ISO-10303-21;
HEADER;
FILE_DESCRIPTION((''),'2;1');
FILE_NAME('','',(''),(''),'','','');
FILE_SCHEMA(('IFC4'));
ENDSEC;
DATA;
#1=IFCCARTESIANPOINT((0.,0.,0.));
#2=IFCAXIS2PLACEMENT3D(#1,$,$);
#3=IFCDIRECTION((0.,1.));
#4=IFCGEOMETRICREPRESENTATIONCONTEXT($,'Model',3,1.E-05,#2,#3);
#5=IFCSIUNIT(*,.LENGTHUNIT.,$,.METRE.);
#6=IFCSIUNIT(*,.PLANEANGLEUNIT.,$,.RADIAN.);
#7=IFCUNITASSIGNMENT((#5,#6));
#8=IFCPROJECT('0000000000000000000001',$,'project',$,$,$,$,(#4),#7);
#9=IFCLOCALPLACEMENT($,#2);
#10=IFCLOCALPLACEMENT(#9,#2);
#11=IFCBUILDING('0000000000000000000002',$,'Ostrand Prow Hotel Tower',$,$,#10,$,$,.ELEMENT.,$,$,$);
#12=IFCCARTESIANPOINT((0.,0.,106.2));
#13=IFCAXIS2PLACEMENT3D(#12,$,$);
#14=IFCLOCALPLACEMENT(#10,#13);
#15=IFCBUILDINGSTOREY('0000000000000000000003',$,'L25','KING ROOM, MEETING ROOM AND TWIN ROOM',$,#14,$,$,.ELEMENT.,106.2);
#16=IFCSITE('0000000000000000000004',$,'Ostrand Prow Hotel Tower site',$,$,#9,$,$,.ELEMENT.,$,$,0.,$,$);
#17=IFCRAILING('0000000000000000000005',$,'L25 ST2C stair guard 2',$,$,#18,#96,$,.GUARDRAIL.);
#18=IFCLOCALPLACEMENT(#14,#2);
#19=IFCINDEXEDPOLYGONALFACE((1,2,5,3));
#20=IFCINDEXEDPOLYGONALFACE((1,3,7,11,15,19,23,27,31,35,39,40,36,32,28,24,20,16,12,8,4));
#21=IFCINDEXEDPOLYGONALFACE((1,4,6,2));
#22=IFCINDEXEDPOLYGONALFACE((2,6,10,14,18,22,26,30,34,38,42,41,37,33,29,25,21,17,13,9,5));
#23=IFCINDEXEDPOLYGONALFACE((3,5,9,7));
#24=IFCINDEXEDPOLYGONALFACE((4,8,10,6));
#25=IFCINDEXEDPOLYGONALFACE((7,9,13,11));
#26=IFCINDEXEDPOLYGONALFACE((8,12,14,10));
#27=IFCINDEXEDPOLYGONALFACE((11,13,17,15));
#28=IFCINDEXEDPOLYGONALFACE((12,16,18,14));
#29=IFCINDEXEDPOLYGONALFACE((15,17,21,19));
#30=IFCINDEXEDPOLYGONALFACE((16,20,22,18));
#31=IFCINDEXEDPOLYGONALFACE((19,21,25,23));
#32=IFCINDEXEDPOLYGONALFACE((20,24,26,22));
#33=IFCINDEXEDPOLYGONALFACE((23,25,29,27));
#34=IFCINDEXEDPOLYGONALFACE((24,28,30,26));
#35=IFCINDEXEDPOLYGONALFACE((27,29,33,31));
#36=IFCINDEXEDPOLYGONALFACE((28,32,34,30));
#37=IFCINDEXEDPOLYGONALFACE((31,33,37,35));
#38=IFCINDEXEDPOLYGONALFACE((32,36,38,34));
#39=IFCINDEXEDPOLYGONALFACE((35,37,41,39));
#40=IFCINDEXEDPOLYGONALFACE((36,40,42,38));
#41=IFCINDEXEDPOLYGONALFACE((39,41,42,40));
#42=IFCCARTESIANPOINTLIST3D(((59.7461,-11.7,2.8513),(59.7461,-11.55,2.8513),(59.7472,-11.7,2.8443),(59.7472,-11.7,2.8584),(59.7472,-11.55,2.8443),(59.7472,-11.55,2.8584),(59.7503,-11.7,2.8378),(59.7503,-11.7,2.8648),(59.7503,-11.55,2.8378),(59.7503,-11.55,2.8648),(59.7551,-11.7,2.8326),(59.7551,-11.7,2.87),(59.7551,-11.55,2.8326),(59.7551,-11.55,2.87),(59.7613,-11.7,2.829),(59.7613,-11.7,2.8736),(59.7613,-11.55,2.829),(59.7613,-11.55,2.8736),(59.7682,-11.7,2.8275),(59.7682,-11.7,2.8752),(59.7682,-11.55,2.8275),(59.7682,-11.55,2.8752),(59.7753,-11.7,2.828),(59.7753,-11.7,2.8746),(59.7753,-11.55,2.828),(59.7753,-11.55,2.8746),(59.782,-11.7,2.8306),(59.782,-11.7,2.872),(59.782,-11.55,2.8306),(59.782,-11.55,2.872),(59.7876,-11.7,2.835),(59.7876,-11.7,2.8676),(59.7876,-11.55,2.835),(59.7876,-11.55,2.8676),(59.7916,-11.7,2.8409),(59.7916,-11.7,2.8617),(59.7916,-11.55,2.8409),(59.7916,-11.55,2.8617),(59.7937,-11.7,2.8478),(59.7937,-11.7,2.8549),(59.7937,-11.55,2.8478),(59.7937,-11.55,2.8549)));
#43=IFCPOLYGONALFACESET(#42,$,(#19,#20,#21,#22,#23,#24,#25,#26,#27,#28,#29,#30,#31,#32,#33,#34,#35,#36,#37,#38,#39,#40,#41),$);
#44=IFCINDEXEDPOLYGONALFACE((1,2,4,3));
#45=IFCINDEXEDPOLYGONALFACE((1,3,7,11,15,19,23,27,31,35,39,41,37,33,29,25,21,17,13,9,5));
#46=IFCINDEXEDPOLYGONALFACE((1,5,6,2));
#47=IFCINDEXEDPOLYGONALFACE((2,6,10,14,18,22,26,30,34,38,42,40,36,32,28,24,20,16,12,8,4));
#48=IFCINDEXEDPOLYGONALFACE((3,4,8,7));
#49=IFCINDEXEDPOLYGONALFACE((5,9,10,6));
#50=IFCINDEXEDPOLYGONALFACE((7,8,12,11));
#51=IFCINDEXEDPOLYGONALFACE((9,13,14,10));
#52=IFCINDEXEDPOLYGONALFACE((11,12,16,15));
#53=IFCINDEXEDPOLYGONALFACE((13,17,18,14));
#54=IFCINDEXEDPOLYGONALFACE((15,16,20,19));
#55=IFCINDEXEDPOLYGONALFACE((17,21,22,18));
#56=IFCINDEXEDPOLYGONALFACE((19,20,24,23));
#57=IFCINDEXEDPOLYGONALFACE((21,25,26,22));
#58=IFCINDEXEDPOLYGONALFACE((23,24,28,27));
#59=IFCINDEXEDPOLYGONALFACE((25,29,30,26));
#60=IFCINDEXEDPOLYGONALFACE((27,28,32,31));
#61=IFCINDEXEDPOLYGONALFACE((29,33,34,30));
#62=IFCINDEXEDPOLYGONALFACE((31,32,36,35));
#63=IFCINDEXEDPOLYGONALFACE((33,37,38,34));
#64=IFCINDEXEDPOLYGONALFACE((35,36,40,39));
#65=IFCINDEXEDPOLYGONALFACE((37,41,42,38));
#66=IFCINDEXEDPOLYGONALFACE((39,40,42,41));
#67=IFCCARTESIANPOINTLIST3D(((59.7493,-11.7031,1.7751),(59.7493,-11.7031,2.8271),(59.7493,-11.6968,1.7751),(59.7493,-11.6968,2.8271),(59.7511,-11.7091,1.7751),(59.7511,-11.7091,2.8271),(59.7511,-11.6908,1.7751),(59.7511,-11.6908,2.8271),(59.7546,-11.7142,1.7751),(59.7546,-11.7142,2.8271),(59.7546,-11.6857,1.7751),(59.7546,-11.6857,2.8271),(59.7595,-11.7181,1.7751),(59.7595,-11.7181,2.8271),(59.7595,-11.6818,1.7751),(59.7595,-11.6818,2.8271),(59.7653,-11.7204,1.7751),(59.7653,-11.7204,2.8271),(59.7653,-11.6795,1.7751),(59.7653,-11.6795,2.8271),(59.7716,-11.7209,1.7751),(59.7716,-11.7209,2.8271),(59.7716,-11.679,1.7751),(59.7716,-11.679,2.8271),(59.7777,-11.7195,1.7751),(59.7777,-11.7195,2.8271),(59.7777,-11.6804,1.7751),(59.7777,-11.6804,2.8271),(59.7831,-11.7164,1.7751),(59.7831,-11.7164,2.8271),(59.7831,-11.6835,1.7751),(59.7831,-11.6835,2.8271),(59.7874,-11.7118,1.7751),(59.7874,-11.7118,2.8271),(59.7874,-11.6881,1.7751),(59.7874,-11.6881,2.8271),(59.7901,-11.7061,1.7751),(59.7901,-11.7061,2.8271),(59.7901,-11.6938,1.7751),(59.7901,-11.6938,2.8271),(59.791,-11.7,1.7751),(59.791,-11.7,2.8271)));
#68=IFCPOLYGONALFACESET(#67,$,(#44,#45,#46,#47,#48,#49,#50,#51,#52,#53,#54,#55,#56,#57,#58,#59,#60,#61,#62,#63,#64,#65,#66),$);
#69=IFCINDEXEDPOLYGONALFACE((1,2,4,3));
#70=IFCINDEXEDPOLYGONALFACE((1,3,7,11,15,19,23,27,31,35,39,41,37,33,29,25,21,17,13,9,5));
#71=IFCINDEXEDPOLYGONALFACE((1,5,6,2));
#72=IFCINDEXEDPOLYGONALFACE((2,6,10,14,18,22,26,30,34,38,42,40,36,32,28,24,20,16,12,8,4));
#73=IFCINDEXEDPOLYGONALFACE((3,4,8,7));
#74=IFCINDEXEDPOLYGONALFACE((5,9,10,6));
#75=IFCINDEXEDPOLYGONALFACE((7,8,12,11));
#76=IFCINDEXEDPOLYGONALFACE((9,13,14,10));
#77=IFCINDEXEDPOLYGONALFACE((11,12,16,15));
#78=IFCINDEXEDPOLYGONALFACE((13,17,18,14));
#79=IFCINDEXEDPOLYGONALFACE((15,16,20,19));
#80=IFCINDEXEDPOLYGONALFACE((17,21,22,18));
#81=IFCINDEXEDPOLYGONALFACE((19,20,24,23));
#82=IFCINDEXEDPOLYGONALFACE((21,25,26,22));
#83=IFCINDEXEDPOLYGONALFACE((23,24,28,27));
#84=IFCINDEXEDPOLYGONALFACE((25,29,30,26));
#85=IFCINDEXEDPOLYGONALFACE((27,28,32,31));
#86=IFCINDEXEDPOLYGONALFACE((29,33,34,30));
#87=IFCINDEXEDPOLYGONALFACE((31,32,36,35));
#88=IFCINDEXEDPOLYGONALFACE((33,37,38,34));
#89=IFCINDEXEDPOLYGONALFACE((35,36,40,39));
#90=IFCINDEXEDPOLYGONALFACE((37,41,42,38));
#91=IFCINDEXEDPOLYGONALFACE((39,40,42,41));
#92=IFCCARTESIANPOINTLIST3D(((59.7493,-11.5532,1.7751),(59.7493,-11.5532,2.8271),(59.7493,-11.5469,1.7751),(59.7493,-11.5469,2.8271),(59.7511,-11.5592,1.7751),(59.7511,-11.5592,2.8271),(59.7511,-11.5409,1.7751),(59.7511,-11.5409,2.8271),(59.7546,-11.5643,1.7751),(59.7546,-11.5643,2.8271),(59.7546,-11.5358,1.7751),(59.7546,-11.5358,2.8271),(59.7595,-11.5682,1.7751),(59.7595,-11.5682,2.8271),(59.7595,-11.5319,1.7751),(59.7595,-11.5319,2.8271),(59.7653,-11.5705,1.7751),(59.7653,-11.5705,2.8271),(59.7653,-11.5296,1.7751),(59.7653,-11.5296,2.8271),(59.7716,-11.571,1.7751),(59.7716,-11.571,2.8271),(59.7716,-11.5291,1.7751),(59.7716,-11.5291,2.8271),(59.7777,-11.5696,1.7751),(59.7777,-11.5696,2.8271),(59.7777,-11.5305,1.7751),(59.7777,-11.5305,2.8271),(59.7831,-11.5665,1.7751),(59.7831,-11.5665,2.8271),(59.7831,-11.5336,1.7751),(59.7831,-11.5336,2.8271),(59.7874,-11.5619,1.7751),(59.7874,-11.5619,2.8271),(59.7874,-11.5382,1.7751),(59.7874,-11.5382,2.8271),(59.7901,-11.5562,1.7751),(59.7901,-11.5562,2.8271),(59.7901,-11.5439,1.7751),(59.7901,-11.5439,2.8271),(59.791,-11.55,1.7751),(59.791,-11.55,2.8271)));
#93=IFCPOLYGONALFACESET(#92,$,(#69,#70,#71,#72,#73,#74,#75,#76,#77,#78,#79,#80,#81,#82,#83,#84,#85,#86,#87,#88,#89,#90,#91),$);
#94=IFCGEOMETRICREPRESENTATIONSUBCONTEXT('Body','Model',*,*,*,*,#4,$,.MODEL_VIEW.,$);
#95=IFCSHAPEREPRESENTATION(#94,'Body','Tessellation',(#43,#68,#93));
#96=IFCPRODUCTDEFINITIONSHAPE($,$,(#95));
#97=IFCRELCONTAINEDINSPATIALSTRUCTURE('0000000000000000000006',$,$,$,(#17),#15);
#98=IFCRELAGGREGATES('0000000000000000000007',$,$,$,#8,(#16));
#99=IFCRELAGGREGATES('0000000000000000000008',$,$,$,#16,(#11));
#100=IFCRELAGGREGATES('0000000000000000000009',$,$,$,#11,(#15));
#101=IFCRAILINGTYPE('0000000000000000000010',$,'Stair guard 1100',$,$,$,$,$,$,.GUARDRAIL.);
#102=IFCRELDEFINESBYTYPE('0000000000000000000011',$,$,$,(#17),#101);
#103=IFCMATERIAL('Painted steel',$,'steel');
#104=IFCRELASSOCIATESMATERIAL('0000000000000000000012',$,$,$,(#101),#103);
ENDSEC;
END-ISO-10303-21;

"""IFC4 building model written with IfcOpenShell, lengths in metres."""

from ifc_helpers import new_model, si_unit, direction, frame, origin, origin_2d, place, context, subcontext, project, spatial, circle, extrude, material, type_object, element, save


model = new_model("IFC4")

# Units and contexts
model_context = context("Model", 3, precision=1e-05, world=origin(), true_north=direction((0.0, 1.0)))
body_context = subcontext(model_context, "Body", "Model", "MODEL_VIEW")
ifc_project = project(units=[si_unit("LENGTHUNIT", "METRE"), si_unit("PLANEANGLEUNIT", "RADIAN")], contexts=[model_context])

# Site, building, storey
site_placement = place(None, origin())
site = spatial("IfcSite", under=ifc_project, at=site_placement, Name="Ostrand Prow Hotel Tower site", CompositionType="ELEMENT", RefElevation=0.0)
building_placement = place(site_placement, origin())
building = spatial("IfcBuilding", under=site, at=building_placement, Name="Ostrand Prow Hotel Tower", CompositionType="ELEMENT")
storey_placement = place(building_placement, frame((0.0, 0.0, 106.2)))
storey = spatial("IfcBuildingStorey", under=building, at=storey_placement, Name="L25", Description="KING ROOM, MEETING ROOM AND TWIN ROOM", CompositionType="ELEMENT", Elevation=106.2)

# Railing
ifc_material_1 = material(Name="Painted steel", Category="steel")
railing_type_1 = type_object("IfcRailingType", Name="Stair guard 1100", PredefinedType="GUARDRAIL", material=ifc_material_1)
railing_1_placement = place(storey_placement, frame((59.77, -11.7, 1.7751)))
element("IfcRailing", 1, at=railing_1_placement, inside=storey, type_object=railing_type_1, Name="L25 ST2C stair guard 2", PredefinedType="GUARDRAIL", context=body_context, shape_type="SweptSolid", body=[
    extrude(circle(Radius=0.0239, at=origin_2d()), frame((0.0, 0.0, 1.0762), z_axis=(0.0, 1.0, 0.0), x_axis=(-1.0, 0.0, 0.0)), (0.0, 0.0, 1.0), 0.1499),
    extrude(circle(Radius=0.021, at=origin_2d()), origin(), (0.0, 0.0, 1.0), 1.052),
    extrude(circle(Radius=0.021, at=origin_2d()), frame((0.0, 0.1499, 0.0)), (0.0, 0.0, 1.0), 1.052),
])

save(model, "model.ifc")
